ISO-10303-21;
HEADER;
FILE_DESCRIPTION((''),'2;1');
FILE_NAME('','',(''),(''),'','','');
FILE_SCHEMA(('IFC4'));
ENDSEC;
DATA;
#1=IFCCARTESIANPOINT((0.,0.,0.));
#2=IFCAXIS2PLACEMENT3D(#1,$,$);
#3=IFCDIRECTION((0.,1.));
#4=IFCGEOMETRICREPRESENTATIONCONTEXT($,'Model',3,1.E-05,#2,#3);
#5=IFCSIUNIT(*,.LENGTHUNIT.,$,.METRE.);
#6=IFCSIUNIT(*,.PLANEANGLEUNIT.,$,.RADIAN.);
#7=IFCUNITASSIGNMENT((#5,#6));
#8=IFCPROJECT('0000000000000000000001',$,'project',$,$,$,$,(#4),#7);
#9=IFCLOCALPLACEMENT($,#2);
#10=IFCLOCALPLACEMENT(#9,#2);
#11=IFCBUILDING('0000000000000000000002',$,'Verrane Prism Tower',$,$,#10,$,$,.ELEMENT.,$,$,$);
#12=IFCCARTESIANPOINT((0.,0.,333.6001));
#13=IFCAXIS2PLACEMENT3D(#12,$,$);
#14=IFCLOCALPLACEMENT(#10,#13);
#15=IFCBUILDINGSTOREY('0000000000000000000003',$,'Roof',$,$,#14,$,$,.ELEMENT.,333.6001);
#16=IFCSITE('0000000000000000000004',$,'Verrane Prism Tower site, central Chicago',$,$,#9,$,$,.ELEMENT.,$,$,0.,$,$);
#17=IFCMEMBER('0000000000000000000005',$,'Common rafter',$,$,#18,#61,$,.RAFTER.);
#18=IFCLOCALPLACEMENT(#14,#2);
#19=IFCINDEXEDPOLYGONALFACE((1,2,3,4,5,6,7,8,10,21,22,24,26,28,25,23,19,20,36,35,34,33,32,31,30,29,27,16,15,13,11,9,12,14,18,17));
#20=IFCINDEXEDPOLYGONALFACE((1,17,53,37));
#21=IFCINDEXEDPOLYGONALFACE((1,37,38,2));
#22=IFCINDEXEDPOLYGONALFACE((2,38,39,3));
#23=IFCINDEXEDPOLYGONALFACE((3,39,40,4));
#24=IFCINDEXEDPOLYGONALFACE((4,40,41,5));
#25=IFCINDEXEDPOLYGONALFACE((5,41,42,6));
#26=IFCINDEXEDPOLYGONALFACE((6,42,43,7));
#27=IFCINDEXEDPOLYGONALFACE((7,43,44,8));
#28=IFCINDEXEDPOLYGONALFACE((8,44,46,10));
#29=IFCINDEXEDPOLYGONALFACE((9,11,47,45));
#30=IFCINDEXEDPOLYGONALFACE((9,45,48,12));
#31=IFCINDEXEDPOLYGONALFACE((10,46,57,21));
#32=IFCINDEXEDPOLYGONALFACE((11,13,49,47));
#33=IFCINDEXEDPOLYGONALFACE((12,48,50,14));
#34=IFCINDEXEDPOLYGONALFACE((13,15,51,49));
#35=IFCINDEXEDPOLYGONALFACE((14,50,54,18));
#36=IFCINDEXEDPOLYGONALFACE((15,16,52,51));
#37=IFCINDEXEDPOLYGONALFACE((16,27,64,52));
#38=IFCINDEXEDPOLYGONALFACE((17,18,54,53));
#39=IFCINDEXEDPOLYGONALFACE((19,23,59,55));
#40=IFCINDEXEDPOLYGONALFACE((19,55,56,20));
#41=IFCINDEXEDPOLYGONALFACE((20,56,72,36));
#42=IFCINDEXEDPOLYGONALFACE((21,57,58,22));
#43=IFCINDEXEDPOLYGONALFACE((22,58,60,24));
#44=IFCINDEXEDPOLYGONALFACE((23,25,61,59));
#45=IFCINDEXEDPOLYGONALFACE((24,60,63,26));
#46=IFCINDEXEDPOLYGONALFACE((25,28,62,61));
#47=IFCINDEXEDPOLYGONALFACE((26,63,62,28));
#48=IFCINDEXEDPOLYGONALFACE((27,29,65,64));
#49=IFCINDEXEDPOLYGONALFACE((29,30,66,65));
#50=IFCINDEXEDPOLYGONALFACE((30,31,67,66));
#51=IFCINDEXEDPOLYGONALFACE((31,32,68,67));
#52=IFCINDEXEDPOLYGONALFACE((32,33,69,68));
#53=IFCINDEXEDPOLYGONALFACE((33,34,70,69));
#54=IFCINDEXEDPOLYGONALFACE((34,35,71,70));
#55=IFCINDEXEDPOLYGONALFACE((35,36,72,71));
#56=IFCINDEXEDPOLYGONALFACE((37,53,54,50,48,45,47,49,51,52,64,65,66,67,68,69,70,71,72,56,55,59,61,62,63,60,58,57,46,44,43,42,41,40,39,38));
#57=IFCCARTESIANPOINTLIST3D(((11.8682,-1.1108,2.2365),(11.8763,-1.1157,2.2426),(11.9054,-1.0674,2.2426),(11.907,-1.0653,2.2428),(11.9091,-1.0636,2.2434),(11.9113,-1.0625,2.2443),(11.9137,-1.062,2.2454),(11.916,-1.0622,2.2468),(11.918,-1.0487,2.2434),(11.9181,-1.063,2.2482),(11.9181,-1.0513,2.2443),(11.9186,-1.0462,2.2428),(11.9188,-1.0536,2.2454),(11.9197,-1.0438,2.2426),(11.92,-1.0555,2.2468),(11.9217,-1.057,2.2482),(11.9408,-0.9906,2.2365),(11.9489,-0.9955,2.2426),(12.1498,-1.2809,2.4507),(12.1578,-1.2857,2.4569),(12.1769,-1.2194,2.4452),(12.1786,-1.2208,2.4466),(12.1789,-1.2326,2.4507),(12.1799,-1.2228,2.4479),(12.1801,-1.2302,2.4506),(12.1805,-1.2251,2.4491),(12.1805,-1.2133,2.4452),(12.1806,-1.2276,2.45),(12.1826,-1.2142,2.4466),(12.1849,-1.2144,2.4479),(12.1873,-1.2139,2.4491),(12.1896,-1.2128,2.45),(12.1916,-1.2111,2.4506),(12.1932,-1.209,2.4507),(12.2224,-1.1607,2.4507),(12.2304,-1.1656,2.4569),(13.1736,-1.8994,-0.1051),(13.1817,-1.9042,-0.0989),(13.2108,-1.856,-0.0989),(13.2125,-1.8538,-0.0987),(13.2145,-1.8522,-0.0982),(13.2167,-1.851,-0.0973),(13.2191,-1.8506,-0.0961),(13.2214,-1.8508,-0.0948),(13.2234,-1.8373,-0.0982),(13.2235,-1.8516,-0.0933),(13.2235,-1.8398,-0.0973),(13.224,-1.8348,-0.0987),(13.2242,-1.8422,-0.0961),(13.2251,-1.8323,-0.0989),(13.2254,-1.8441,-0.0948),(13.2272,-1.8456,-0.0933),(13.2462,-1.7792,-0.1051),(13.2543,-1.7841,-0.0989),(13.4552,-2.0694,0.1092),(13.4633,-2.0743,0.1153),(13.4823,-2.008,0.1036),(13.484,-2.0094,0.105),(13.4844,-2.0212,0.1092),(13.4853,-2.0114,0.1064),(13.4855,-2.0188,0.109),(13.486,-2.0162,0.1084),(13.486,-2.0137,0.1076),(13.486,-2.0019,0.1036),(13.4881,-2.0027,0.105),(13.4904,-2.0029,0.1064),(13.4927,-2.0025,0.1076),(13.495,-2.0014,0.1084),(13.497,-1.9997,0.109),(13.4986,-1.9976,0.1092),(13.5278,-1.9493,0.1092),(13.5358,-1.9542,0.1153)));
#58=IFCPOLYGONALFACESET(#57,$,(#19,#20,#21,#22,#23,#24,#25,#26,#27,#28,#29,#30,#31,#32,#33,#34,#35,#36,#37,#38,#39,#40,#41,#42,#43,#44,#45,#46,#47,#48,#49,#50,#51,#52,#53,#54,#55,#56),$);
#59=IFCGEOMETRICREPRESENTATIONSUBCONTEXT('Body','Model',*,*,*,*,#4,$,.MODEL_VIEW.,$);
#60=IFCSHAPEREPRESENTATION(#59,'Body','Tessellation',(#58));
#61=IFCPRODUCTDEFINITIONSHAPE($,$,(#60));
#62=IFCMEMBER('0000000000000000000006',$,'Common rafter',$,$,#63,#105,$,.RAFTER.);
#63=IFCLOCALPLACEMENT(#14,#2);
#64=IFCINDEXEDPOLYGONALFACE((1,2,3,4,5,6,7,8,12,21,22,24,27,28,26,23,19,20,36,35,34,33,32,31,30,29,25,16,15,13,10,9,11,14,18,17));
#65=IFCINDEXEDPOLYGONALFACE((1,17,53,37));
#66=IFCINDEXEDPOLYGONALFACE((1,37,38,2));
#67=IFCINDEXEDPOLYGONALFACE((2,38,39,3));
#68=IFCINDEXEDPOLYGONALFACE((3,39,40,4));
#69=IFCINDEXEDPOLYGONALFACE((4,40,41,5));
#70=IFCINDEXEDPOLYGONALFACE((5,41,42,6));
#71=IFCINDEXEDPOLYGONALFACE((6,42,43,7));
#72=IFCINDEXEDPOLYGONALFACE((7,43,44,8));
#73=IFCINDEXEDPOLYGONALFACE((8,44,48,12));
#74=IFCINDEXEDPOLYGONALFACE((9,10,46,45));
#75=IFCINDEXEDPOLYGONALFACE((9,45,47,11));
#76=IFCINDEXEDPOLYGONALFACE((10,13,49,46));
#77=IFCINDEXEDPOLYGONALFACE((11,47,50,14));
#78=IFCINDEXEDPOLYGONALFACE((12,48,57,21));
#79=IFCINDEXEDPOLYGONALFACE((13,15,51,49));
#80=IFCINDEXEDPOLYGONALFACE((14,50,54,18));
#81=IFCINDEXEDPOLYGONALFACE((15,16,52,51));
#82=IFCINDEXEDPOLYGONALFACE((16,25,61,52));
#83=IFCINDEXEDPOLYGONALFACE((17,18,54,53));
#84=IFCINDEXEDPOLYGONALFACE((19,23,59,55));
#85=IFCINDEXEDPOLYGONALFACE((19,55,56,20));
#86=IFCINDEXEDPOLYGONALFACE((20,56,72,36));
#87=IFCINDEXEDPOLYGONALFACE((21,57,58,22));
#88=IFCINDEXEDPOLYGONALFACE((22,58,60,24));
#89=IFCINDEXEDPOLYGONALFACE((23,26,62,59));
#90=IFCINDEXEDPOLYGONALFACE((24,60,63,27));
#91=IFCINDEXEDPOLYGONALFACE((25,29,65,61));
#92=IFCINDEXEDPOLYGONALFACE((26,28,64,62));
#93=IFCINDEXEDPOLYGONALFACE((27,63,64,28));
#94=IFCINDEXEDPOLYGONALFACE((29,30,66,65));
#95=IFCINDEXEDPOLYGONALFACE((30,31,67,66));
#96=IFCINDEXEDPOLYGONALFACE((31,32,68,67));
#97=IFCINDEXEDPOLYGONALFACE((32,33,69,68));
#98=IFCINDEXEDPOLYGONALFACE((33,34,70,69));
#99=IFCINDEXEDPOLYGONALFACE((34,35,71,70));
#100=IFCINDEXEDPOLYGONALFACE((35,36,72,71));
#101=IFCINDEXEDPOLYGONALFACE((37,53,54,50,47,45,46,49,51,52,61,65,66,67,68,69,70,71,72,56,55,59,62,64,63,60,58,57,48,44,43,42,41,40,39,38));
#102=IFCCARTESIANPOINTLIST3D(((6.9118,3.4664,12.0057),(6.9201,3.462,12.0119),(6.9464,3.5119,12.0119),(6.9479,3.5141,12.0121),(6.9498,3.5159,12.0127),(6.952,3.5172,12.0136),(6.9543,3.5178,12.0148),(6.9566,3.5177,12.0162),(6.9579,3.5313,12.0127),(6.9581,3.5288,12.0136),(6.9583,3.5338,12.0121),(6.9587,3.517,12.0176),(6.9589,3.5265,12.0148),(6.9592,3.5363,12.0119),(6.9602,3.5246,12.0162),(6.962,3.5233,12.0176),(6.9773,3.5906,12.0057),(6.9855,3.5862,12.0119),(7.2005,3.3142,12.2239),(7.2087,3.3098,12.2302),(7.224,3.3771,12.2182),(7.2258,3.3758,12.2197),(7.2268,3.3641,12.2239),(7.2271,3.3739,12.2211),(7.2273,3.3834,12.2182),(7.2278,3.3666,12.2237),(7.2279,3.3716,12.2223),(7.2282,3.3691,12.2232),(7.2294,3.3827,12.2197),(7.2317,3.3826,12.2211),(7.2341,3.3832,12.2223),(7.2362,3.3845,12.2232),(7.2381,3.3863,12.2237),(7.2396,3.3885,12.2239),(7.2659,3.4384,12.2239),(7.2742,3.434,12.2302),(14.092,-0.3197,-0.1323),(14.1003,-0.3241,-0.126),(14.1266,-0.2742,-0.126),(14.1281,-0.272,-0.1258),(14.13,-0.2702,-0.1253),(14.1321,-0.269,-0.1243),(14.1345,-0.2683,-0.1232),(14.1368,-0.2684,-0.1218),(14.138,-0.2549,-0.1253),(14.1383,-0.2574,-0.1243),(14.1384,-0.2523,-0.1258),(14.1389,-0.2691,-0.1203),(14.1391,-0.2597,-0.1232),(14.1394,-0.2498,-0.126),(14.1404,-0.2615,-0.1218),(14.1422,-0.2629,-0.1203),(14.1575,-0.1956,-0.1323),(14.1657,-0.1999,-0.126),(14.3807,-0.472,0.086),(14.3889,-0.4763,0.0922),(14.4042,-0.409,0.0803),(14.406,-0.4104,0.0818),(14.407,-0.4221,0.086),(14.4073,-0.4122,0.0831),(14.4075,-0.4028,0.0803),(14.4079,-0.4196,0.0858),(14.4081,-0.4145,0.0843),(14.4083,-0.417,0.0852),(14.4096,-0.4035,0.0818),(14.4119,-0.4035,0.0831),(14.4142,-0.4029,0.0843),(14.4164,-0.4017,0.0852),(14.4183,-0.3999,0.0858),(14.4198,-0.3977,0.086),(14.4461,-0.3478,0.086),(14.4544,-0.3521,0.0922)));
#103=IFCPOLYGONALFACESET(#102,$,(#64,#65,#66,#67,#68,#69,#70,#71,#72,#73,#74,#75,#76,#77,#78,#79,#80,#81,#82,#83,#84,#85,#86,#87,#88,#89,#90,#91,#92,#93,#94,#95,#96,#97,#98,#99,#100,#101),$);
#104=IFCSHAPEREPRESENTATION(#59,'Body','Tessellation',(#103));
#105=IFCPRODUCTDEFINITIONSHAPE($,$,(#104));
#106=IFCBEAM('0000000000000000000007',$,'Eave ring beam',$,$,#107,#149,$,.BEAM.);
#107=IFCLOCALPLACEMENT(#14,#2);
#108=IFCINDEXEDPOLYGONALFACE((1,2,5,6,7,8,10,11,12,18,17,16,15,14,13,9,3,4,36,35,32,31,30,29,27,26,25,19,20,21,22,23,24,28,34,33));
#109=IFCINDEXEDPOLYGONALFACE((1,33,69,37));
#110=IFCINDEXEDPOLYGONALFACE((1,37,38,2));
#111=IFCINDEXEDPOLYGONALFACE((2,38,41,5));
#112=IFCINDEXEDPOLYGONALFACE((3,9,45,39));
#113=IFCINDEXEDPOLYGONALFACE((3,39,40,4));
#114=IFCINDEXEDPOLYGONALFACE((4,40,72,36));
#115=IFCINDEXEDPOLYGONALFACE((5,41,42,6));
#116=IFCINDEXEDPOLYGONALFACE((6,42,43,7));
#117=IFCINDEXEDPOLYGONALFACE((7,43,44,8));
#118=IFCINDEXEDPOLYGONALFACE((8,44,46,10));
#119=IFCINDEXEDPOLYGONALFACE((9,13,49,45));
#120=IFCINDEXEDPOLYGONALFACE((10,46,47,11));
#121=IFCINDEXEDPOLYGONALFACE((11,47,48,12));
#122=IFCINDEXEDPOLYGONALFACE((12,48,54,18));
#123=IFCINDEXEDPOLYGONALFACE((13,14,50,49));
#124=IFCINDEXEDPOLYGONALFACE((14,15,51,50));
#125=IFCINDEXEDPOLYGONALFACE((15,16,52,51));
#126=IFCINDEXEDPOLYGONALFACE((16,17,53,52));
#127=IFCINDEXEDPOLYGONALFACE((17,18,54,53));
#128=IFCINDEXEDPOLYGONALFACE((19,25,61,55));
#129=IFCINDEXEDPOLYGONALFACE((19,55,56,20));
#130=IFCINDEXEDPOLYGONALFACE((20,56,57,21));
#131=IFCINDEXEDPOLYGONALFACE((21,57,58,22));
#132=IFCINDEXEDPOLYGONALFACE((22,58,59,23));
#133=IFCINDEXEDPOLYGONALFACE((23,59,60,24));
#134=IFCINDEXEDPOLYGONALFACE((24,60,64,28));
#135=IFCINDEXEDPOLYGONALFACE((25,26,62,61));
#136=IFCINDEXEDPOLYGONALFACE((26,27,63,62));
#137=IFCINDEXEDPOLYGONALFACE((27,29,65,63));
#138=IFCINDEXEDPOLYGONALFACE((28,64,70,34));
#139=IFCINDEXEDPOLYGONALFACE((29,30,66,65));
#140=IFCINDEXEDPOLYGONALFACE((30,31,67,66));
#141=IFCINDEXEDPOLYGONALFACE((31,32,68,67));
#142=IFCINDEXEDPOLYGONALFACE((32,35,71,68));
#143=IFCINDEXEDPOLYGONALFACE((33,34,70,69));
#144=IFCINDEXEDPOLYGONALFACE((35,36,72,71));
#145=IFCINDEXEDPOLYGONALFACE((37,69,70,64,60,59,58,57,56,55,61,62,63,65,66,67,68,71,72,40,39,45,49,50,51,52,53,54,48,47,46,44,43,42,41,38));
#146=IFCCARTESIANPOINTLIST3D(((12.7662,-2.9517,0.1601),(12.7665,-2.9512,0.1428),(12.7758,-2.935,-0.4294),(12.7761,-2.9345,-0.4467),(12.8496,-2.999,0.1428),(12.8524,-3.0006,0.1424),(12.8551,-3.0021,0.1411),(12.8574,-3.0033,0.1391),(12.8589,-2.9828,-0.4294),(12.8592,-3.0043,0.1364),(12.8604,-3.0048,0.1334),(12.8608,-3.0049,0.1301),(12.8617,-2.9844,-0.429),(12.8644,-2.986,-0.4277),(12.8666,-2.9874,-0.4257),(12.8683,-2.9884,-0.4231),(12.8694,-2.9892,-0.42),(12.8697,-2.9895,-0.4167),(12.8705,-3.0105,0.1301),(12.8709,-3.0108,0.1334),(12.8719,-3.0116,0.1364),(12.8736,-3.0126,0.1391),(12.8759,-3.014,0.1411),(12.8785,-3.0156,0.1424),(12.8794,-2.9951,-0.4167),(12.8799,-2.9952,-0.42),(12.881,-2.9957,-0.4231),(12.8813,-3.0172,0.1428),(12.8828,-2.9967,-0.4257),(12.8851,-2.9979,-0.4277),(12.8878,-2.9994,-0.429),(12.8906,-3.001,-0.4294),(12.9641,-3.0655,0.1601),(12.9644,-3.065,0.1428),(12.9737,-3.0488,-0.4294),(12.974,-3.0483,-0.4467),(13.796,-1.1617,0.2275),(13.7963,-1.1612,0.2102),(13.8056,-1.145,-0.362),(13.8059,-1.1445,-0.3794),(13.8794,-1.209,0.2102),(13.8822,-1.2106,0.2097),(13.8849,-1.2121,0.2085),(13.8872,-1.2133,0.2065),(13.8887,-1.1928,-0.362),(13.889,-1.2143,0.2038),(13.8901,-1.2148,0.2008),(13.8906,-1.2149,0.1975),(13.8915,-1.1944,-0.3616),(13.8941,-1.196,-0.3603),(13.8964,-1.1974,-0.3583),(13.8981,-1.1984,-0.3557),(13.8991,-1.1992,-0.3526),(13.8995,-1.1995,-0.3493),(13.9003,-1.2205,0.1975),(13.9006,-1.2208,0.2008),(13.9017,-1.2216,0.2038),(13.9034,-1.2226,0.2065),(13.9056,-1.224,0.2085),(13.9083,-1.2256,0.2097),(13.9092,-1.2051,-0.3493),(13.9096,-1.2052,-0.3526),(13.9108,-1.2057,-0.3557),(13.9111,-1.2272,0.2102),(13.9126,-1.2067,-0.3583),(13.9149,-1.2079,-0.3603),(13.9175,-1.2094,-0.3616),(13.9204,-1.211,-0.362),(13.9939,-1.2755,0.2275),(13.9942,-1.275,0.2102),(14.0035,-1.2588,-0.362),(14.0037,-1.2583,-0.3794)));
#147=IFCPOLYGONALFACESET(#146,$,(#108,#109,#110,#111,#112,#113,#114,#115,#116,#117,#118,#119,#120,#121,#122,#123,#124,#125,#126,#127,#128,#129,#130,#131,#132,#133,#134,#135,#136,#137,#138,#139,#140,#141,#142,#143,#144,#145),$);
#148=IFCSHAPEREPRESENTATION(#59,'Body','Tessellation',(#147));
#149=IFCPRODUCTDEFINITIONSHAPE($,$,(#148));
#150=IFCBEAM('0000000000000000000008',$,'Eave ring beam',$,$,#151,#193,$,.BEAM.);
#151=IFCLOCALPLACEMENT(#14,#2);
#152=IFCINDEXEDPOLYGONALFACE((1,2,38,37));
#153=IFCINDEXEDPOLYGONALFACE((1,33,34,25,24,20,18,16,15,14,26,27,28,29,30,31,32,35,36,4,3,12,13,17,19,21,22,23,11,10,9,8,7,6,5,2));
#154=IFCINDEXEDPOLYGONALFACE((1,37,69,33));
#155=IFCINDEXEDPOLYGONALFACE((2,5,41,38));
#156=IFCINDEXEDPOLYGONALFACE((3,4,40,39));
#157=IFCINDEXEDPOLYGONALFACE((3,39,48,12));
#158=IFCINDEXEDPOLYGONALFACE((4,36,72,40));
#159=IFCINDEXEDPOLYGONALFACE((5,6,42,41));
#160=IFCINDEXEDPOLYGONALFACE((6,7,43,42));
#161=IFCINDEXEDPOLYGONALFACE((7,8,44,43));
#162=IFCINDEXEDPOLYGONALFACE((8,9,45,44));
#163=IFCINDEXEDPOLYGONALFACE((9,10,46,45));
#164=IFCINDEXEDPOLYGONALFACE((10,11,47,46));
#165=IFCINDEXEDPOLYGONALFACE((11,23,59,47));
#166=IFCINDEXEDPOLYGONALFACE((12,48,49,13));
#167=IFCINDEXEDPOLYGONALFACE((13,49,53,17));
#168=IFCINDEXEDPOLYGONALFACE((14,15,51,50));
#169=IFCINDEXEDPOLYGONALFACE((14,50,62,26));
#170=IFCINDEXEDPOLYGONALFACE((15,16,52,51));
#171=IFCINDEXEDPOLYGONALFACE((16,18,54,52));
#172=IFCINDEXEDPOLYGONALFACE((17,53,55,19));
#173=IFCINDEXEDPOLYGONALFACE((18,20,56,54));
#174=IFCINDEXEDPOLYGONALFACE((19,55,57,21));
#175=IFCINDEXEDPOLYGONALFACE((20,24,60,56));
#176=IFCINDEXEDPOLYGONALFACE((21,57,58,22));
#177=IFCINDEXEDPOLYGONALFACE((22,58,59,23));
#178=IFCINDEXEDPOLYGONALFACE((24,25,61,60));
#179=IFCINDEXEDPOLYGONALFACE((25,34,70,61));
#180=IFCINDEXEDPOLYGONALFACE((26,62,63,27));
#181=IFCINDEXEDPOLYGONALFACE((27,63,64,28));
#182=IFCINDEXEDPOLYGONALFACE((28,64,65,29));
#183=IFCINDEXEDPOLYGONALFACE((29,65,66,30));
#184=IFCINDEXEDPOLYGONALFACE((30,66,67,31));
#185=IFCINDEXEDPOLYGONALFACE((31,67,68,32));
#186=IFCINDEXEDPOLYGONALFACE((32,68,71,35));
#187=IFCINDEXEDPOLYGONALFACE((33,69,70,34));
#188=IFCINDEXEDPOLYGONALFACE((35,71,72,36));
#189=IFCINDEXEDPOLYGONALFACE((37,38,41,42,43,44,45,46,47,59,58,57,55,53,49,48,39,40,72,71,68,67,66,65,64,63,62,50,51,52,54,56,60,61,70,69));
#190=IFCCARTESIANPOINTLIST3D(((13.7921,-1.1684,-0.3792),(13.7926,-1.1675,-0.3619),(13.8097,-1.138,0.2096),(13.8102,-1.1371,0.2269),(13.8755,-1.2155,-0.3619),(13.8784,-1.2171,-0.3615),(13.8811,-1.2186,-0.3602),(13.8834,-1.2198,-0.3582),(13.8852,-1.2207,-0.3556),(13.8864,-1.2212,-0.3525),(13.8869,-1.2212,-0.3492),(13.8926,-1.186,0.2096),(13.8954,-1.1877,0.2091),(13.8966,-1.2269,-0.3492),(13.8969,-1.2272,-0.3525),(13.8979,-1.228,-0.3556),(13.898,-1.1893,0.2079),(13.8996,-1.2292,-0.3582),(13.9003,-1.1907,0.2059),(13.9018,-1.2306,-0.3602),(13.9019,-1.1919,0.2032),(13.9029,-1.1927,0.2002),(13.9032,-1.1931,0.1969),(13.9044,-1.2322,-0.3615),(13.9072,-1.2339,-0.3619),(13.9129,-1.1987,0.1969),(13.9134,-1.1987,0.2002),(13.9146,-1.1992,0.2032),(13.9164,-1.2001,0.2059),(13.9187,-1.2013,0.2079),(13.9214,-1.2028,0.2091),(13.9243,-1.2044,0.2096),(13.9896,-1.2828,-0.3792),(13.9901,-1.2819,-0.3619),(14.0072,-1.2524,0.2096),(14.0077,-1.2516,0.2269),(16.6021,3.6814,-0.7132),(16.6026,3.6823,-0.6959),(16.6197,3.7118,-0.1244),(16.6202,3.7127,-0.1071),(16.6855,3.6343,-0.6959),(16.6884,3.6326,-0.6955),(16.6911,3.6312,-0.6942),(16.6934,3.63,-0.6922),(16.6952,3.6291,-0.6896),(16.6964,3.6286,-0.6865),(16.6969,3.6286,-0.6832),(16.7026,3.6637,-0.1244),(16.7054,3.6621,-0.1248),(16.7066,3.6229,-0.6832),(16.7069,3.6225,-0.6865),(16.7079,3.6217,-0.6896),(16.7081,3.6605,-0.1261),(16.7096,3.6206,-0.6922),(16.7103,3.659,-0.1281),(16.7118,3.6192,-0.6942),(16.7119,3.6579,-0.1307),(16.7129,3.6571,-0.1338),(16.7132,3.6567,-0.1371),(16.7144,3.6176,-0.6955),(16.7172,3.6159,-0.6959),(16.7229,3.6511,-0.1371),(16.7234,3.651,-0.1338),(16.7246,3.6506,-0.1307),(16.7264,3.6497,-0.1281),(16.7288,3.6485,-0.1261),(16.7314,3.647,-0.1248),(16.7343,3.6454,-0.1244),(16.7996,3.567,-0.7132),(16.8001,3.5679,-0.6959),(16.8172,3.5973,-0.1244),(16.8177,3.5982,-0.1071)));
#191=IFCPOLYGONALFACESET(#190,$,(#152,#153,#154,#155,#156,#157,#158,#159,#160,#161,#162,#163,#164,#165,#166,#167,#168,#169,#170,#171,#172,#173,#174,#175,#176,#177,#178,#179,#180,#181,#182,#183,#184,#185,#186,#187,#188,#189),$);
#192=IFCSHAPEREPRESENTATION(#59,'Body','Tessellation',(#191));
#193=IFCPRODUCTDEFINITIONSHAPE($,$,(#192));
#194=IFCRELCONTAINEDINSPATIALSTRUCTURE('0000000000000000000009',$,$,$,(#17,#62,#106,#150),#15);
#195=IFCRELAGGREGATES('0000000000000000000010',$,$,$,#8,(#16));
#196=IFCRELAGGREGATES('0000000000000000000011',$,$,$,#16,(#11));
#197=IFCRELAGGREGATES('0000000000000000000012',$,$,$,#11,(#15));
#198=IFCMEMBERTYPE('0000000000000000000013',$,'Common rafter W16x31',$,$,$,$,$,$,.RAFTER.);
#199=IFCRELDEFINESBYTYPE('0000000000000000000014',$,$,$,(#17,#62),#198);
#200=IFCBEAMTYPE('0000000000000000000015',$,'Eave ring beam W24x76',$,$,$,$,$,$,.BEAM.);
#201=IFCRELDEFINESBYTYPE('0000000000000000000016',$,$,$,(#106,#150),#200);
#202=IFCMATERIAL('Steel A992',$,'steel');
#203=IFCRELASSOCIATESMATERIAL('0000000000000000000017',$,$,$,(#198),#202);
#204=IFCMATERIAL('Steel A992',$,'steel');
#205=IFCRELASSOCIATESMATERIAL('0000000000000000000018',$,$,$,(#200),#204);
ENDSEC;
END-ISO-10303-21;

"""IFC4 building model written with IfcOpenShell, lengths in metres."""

from ifc_helpers import new_model, si_unit, direction, frame, origin, origin_2d, place, context, subcontext, project, spatial, i_section, extrude, material, material_profile, profile_set, type_object, element, save


model = new_model("IFC4")

# Units and contexts
model_context = context("Model", 3, precision=1e-05, world=origin(), true_north=direction((0.0, 1.0)))
body_context = subcontext(model_context, "Body", "Model", "MODEL_VIEW")
ifc_project = project(units=[si_unit("LENGTHUNIT", "METRE"), si_unit("PLANEANGLEUNIT", "RADIAN")], contexts=[model_context])

# Site, building, storey
site_placement = place(None, origin())
site = spatial("IfcSite", under=ifc_project, at=site_placement, Name="Verrane Prism Tower site, central Chicago", CompositionType="ELEMENT", RefElevation=0.0)
building_placement = place(site_placement, origin())
building = spatial("IfcBuilding", under=site, at=building_placement, Name="Verrane Prism Tower", CompositionType="ELEMENT")
storey_placement = place(building_placement, frame((0.0, 0.0, 333.6001)))
storey = spatial("IfcBuildingStorey", under=building, at=storey_placement, Name="Roof", CompositionType="ELEMENT", Elevation=333.6001)

# Members
ifc_material_1 = material(Name="Steel A992", Category="steel")
ifc_material_profile_1 = material_profile(ifc_material_1, i_section(OverallWidth=0.1404, OverallDepth=0.4038, WebThickness=0.0071, FlangeThickness=0.0112, FilletRadius=0.0103, at=origin_2d()), Name="W16x31")
ifc_profile_set_1 = profile_set([ifc_material_profile_1], Name="Steel A992")
member_type_1 = type_object("IfcMemberType", Name="Common rafter W16x31", PredefinedType="RAFTER", material=ifc_profile_set_1)
member_1_placement = place(storey_placement, frame((13.3547, -1.9268, 0.0051), z_axis=(-0.467151, 0.282195, 0.837936), x_axis=(-0.517059, -0.855949, 0.0)))
element("IfcMember", 1, at=member_1_placement, inside=storey, type_object=member_type_1, Name="Common rafter", PredefinedType="RAFTER", context=body_context, shape_type="SweptSolid", body=[
    extrude(i_section(OverallWidth=0.1404, OverallDepth=0.4038, WebThickness=0.0071, FlangeThickness=0.0112, FilletRadius=0.0103, at=origin_2d()), origin(), (0.0, 0.0, 1.0), 2.7944),
])
member_2_placement = place(storey_placement, frame((14.2732, -0.3359, -0.02), z_axis=(-0.491724, 0.259288, 0.83125), x_axis=(-0.466431, -0.884558, 0.0)))
element("IfcMember", 2, at=member_2_placement, inside=storey, type_object=member_type_1, Name="Common rafter", PredefinedType="RAFTER", context=body_context, shape_type="SweptSolid", body=[
    extrude(i_section(OverallWidth=0.1404, OverallDepth=0.4038, WebThickness=0.0071, FlangeThickness=0.0112, FilletRadius=0.0103, at=origin_2d()), origin(), (0.0, 0.0, 1.0), 14.6021),
])

# Beams
ifc_material_2 = material(Name="Steel A992", Category="steel")
ifc_material_profile_2 = material_profile(ifc_material_2, i_section(OverallWidth=0.2283, OverallDepth=0.6072, WebThickness=0.0112, FlangeThickness=0.0173, FilletRadius=0.0127, at=origin_2d()), Name="W24x76")
ifc_profile_set_2 = profile_set([ifc_material_profile_2], Name="Steel A992")
beam_type = type_object("IfcBeamType", Name="Eave ring beam W24x76", PredefinedType="BEAM", material=ifc_profile_set_2)
beam_1_placement = place(storey_placement, frame((12.8701, -3.0, -0.1433), z_axis=(0.498392, 0.866338, 0.032612), x_axis=(-0.866799, 0.498658, 0.0)))
element("IfcBeam", 3, at=beam_1_placement, inside=storey, type_object=beam_type, Name="Eave ring beam", PredefinedType="BEAM", context=body_context, shape_type="SweptSolid", body=[
    extrude(i_section(OverallWidth=0.2283, OverallDepth=0.6072, WebThickness=0.0112, FlangeThickness=0.0173, FilletRadius=0.0127, at=origin_2d()), origin(), (0.0, 0.0, 1.0), 2.0662),
])
beam_2_placement = place(storey_placement, frame((13.8999, -1.21, -0.0762), z_axis=(0.500449, 0.86372, -0.05948), x_axis=(-0.865252, 0.501337, 0.0)))
element("IfcBeam", 4, at=beam_2_placement, inside=storey, type_object=beam_type, Name="Eave ring beam", PredefinedType="BEAM", context=body_context, shape_type="SweptSolid", body=[
    extrude(i_section(OverallWidth=0.2283, OverallDepth=0.6072, WebThickness=0.0112, FlangeThickness=0.0173, FilletRadius=0.0127, at=origin_2d()), origin(), (0.0, 0.0, 1.0), 5.615),
])

save(model, "model.ifc")
